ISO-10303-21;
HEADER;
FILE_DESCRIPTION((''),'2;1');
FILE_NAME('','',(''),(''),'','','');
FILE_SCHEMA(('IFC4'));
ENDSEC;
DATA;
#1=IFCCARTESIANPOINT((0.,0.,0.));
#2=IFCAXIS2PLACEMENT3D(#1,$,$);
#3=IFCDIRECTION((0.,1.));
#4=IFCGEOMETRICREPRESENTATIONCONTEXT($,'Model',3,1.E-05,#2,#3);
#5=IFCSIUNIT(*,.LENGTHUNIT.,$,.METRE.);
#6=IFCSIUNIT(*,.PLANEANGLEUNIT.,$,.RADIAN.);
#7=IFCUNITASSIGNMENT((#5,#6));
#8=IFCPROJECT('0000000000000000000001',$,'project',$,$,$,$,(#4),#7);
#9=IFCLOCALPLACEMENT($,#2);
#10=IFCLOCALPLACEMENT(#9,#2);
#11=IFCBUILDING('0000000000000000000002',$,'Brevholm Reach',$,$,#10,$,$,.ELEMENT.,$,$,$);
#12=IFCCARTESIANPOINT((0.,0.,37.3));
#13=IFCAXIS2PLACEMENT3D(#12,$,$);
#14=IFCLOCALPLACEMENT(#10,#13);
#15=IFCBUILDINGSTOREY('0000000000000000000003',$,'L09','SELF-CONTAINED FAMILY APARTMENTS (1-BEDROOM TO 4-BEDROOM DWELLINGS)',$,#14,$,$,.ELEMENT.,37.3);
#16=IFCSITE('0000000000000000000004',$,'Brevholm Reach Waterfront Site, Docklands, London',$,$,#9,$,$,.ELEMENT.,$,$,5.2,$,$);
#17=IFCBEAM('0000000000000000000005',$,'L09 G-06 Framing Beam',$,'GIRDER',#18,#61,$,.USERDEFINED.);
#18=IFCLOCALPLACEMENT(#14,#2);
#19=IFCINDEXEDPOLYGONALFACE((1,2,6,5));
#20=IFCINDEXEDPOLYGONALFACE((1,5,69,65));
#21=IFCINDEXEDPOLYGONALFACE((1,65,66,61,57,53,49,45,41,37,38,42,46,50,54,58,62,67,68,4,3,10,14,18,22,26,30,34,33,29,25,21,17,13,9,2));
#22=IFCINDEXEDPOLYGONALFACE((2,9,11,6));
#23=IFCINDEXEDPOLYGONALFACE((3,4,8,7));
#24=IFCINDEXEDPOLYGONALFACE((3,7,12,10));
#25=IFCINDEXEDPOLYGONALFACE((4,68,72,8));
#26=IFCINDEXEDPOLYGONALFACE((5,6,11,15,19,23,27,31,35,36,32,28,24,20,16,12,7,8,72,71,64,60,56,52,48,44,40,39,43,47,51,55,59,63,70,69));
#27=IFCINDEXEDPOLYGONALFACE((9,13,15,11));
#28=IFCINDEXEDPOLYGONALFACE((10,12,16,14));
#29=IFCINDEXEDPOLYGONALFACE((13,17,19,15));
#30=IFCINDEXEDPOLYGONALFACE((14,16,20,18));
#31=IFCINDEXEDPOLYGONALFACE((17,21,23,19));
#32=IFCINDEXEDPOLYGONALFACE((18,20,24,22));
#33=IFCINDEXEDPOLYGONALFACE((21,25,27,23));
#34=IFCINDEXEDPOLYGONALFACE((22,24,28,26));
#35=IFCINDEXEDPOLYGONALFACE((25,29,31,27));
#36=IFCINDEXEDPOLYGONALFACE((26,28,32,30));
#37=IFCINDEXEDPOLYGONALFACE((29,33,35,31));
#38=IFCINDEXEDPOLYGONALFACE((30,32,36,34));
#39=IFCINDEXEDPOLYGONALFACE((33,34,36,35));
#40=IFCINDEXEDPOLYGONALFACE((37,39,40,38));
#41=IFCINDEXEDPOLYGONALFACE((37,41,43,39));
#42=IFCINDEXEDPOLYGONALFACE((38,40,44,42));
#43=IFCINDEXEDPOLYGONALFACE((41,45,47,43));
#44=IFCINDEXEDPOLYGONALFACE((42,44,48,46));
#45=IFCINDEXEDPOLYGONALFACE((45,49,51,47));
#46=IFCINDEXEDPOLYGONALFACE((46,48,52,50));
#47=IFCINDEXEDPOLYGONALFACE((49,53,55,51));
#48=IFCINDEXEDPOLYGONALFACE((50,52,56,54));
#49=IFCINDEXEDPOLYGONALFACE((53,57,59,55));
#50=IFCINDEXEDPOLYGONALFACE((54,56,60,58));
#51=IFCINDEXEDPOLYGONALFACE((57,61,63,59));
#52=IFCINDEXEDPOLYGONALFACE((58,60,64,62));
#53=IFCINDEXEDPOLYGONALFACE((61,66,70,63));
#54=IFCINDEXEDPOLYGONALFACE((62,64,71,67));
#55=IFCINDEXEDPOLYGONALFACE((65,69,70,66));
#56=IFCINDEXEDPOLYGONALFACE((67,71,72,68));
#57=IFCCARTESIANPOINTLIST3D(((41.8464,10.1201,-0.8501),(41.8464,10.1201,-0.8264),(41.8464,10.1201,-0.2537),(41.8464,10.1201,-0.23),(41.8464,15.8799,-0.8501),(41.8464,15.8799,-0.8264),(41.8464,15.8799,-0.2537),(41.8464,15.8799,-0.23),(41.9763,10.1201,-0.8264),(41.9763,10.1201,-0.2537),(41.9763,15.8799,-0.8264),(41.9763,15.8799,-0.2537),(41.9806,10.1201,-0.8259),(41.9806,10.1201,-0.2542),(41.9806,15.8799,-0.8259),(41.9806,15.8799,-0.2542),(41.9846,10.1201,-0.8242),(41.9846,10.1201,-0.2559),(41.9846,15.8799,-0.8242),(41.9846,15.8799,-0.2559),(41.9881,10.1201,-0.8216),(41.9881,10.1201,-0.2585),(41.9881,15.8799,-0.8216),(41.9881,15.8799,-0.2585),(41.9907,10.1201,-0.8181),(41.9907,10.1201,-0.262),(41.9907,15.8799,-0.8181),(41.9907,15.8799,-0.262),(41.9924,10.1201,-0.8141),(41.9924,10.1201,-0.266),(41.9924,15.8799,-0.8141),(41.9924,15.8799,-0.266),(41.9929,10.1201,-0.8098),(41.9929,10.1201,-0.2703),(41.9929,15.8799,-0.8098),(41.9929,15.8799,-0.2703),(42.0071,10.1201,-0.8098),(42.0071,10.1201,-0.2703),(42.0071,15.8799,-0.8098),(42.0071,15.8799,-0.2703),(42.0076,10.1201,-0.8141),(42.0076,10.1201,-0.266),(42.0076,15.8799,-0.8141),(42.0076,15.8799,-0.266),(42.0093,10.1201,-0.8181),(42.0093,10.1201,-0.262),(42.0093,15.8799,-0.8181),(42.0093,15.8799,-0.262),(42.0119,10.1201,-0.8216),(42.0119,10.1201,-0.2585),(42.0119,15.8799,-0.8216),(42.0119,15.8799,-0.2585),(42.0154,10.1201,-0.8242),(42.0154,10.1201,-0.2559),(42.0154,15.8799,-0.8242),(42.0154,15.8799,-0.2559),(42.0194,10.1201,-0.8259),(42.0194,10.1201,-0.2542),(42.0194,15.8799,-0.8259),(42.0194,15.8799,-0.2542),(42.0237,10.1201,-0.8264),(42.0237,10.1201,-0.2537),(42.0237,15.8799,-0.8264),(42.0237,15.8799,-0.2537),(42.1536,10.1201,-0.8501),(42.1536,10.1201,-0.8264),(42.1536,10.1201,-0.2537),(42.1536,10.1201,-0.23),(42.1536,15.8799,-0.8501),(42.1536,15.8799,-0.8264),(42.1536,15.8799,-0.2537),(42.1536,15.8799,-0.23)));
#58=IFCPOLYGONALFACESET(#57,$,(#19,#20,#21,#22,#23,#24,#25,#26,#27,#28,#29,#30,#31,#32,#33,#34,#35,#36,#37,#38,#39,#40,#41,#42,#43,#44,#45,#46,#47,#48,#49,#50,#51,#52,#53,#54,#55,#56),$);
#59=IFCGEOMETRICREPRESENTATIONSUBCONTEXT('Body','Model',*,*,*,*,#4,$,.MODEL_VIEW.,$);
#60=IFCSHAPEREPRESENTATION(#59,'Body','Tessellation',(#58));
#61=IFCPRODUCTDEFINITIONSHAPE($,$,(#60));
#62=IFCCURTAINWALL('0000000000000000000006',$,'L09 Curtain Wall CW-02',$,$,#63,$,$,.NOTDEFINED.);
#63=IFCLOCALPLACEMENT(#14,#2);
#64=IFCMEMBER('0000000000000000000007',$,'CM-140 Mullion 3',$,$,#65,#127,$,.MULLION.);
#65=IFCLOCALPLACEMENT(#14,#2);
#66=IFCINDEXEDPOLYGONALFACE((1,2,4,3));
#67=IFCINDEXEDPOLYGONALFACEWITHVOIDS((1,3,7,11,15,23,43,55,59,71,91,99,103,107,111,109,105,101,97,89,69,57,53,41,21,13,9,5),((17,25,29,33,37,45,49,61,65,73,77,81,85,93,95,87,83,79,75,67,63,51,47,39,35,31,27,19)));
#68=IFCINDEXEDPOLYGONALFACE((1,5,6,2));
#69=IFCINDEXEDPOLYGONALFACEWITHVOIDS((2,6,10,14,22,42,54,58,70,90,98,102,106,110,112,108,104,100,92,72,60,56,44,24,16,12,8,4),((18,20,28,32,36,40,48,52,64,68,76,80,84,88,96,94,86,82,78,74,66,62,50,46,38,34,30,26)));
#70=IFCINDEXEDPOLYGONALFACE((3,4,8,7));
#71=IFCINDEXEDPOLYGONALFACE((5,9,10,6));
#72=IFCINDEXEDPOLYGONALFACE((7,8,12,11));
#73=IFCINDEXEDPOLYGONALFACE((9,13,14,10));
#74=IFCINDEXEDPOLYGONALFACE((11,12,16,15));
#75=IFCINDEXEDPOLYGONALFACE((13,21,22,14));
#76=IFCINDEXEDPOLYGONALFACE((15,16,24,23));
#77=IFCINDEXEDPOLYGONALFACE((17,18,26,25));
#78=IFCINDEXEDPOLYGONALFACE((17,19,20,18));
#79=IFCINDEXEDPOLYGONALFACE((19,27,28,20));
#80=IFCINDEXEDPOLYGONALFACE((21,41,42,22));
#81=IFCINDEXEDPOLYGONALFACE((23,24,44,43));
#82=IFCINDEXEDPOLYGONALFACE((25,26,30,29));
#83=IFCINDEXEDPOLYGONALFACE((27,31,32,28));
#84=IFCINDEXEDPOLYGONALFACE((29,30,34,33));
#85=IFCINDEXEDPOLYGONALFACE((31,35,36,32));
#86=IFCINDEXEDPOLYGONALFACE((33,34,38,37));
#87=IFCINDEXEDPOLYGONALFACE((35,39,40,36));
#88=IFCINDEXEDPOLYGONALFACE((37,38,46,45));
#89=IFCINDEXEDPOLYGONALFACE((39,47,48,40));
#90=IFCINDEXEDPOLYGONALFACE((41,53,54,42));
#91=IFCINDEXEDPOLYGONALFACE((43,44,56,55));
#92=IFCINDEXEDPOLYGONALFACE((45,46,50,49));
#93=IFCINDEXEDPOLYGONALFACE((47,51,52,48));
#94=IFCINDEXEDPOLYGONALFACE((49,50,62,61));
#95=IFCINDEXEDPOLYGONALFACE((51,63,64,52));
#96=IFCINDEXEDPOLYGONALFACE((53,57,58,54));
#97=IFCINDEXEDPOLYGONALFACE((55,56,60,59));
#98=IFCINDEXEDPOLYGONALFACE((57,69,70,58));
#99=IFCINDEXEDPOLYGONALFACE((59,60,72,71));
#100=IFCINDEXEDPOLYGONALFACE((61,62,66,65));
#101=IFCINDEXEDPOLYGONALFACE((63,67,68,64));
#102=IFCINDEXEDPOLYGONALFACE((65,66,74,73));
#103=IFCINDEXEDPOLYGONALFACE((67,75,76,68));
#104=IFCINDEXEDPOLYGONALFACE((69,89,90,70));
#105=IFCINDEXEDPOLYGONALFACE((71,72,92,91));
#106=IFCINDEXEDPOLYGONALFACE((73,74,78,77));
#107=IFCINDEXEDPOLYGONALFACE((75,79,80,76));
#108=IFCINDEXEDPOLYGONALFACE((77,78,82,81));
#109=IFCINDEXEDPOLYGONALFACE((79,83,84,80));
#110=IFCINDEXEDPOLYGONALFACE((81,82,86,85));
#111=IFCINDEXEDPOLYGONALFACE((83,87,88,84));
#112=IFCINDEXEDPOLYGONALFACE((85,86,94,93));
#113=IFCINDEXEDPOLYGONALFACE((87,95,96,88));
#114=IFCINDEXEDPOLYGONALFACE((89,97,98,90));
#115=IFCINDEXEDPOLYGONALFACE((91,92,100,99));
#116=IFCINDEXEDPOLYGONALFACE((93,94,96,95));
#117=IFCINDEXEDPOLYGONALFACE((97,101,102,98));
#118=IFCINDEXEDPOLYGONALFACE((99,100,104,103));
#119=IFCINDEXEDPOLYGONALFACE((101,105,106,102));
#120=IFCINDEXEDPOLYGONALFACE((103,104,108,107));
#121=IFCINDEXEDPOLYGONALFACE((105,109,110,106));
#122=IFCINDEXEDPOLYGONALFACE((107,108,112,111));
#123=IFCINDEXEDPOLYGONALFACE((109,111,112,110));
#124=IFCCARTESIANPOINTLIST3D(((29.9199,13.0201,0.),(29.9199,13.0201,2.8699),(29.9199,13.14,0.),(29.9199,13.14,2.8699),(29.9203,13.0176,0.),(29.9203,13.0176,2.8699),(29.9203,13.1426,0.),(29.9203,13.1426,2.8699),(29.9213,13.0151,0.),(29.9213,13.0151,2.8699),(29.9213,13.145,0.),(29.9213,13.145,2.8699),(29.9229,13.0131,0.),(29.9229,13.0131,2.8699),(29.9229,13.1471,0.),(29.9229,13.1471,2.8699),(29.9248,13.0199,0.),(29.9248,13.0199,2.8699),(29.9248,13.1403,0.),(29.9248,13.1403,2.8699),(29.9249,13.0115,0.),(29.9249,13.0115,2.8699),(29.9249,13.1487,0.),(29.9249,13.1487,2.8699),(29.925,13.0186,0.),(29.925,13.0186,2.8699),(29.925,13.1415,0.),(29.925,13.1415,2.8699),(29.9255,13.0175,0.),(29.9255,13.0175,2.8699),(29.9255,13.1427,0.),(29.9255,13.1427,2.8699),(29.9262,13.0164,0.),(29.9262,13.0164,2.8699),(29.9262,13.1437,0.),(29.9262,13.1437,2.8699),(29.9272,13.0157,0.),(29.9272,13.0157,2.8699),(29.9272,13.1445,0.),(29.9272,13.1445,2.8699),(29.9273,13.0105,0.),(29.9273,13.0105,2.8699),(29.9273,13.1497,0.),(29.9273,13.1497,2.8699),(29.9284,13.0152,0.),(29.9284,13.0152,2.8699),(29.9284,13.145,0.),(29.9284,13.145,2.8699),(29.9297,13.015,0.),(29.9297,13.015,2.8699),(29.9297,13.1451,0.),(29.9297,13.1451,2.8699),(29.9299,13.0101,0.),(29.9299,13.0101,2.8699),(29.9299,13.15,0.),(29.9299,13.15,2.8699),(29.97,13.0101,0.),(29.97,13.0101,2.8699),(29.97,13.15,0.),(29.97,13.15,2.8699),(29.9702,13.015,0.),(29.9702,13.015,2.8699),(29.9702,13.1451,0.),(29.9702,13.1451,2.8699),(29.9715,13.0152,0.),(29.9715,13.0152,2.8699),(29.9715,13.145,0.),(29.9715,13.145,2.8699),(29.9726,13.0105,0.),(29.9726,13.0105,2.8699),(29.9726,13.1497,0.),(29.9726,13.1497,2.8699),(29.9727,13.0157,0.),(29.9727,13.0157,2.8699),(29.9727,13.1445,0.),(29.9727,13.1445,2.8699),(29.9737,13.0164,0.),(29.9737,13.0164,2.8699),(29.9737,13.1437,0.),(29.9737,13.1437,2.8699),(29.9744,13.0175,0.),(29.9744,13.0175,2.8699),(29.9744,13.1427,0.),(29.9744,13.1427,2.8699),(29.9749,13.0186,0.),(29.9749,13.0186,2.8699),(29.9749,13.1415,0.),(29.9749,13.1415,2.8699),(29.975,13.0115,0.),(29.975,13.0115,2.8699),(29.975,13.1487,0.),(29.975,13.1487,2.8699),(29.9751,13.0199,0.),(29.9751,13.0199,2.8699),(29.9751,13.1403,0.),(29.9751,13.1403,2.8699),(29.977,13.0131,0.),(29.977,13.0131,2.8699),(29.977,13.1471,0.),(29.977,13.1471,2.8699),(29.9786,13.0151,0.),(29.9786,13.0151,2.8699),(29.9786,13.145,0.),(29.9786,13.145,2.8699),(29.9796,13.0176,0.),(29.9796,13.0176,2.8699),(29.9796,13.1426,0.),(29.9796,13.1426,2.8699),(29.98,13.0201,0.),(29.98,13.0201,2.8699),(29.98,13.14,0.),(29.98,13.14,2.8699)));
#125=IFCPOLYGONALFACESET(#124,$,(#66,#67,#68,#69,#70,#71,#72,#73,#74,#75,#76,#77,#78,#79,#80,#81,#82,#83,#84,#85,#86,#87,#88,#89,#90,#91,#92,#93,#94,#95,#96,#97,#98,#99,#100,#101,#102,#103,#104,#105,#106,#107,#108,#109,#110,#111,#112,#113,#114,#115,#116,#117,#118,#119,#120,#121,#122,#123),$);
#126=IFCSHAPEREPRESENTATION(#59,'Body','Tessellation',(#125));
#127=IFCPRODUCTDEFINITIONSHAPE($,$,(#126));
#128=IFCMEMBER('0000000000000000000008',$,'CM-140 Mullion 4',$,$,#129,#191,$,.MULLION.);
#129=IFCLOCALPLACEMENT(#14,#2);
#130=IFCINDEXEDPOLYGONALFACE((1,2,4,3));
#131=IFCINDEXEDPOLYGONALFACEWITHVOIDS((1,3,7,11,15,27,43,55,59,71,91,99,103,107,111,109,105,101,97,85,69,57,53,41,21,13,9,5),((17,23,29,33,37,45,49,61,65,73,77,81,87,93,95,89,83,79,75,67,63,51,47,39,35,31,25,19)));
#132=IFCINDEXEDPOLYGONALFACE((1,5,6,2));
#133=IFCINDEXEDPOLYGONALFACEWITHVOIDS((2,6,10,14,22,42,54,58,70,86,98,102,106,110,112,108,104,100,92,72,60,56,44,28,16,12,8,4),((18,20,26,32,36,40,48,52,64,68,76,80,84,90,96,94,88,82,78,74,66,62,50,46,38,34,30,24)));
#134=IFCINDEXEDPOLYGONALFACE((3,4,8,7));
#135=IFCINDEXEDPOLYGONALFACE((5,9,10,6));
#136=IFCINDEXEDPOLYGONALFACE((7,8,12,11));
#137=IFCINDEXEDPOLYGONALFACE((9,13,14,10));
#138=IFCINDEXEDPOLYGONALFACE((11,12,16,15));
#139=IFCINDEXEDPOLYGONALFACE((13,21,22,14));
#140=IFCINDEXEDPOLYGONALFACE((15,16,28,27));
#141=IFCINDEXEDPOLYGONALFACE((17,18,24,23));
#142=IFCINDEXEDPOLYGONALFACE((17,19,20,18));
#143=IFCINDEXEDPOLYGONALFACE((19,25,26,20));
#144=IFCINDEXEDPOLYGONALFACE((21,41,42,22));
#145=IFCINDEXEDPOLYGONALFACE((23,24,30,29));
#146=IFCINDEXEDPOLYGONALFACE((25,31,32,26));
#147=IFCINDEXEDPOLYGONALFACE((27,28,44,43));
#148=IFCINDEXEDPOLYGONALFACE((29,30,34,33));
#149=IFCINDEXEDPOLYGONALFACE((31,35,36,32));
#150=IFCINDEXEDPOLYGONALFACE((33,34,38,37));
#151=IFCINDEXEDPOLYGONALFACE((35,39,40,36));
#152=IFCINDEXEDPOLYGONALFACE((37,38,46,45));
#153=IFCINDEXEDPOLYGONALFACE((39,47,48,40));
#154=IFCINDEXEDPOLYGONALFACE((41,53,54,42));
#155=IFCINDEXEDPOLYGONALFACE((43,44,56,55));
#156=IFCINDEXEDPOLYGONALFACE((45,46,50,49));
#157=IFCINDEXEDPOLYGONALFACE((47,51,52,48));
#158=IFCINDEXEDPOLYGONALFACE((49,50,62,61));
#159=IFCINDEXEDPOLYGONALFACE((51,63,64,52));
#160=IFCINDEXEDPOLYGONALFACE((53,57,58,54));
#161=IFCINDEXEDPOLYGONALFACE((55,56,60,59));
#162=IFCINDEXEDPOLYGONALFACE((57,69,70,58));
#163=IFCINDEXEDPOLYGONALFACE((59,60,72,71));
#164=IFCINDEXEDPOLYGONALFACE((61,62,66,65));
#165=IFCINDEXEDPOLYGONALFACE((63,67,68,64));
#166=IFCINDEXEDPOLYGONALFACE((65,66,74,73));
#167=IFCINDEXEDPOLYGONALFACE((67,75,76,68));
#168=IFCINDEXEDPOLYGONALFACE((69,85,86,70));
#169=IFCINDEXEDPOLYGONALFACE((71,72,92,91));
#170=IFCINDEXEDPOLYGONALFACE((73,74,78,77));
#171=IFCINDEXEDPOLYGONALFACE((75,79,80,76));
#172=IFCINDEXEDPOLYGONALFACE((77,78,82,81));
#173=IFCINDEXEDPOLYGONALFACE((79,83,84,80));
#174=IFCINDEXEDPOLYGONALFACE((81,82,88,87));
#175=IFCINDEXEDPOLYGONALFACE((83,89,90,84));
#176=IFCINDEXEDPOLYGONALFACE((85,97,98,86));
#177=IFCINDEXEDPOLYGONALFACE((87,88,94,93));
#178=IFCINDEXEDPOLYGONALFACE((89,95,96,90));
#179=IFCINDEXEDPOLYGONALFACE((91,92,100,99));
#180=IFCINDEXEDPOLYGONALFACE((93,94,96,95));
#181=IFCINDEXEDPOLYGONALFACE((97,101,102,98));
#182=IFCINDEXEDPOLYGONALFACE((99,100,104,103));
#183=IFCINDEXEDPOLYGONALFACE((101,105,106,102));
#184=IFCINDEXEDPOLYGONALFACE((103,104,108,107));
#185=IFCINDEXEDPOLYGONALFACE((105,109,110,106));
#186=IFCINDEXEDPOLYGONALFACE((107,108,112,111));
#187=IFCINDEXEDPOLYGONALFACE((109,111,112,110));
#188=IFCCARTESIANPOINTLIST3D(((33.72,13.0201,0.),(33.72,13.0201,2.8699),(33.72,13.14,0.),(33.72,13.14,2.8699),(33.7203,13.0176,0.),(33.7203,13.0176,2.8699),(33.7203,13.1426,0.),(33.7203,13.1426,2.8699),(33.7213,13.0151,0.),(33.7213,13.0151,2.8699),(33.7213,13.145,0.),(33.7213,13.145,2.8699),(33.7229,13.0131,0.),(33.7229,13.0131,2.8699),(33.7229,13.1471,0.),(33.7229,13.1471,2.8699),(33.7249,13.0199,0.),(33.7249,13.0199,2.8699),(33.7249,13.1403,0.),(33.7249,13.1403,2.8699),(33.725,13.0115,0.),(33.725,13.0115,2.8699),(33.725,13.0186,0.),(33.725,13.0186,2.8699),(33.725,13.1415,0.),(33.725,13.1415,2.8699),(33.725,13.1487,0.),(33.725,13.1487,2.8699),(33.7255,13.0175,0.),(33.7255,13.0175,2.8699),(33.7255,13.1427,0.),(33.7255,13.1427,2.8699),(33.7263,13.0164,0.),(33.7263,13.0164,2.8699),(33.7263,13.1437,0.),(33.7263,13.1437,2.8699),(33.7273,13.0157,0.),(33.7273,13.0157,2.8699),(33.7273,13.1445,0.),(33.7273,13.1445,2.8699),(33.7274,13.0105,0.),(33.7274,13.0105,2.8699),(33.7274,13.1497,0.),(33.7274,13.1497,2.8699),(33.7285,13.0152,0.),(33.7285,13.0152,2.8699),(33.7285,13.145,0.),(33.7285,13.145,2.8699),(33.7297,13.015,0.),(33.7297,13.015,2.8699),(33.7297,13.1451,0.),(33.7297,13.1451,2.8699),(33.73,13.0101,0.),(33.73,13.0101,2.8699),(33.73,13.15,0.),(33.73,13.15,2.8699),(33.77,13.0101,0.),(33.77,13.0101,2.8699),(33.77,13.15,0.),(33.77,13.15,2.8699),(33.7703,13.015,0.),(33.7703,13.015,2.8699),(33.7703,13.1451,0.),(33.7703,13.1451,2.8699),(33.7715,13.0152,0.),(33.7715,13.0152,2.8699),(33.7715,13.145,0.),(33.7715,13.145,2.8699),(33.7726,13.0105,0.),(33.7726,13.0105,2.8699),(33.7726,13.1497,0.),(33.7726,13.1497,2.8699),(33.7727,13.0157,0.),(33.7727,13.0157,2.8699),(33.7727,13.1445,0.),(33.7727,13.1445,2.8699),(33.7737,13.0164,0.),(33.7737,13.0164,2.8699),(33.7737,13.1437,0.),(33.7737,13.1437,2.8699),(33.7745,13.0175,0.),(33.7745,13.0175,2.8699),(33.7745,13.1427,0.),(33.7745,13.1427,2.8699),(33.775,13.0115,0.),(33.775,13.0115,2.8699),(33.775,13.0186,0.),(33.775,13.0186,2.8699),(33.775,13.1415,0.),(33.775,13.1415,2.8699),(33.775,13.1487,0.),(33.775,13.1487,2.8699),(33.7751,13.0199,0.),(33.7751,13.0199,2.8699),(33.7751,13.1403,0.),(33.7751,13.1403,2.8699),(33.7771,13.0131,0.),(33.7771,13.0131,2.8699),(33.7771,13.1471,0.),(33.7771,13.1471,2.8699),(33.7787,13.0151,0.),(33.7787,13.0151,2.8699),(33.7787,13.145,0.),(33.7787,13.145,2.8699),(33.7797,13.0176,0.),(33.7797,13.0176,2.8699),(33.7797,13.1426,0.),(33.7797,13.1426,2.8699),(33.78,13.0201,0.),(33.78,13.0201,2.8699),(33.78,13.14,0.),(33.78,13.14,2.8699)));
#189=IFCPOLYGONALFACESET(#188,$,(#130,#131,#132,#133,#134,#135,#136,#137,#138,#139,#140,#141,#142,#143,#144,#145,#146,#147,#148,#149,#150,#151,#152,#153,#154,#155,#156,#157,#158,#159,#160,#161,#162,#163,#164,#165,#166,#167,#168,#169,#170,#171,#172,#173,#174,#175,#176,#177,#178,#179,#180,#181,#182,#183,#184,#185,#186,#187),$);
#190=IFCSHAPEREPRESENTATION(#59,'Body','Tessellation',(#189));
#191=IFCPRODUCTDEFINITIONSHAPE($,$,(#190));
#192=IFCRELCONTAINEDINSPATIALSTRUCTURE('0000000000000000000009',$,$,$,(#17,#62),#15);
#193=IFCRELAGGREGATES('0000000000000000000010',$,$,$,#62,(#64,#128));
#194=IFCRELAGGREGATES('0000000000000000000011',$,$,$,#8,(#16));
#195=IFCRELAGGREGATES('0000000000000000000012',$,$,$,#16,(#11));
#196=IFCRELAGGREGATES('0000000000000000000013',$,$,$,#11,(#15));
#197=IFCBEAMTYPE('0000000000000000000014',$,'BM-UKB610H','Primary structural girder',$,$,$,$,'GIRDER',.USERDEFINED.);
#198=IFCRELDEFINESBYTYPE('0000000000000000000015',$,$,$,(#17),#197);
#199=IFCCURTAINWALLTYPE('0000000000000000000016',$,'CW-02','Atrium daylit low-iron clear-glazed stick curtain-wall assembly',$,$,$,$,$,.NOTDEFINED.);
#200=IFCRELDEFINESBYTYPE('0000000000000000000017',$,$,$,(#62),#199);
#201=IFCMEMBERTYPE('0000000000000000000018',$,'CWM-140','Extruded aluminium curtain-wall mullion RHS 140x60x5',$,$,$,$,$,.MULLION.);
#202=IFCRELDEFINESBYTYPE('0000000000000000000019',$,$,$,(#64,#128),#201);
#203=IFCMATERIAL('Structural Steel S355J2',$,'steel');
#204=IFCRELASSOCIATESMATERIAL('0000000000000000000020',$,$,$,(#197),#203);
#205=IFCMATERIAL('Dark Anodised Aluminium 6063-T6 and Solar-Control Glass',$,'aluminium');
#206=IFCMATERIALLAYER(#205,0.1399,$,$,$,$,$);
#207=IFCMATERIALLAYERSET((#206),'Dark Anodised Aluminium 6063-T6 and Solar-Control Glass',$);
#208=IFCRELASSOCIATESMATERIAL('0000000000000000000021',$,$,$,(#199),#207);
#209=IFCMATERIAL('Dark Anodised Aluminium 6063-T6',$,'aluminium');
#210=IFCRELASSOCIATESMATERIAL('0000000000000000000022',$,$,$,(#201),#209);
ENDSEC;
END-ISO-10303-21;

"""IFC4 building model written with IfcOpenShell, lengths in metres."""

from ifc_helpers import new_model, si_unit, direction, frame, origin, origin_2d, place, context, subcontext, project, spatial, hollow_rectangle, i_section, extrude, material, layer, layer_set, material_profile, profile_set, type_object, element, aggregate, save


model = new_model("IFC4")

# Units and contexts
model_context = context("Model", 3, precision=1e-05, world=origin(), true_north=direction((0.0, 1.0)))
body_context = subcontext(model_context, "Body", "Model", "MODEL_VIEW")
ifc_project = project(units=[si_unit("LENGTHUNIT", "METRE"), si_unit("PLANEANGLEUNIT", "RADIAN")], contexts=[model_context])

# Site, building, storey
site_placement = place(None, origin())
site = spatial("IfcSite", under=ifc_project, at=site_placement, Name="Brevholm Reach Waterfront Site, Docklands, London", CompositionType="ELEMENT", RefElevation=5.2)
building_placement = place(site_placement, origin())
building = spatial("IfcBuilding", under=site, at=building_placement, Name="Brevholm Reach", CompositionType="ELEMENT")
storey_placement = place(building_placement, frame((0.0, 0.0, 37.3)))
storey = spatial("IfcBuildingStorey", under=building, at=storey_placement, Name="L09", Description="SELF-CONTAINED FAMILY APARTMENTS (1-BEDROOM TO 4-BEDROOM DWELLINGS)", CompositionType="ELEMENT", Elevation=37.3)

# Beam
ifc_material_1 = material(Name="Structural Steel S355J2", Category="steel")
ifc_material_profile_1 = material_profile(ifc_material_1, i_section(OverallWidth=0.3071, OverallDepth=0.6201, WebThickness=0.0142, FlangeThickness=0.0237, FilletRadius=0.0166, at=origin_2d()), Name="UKB 610x305x179")
ifc_profile_set_1 = profile_set([ifc_material_profile_1], Name="Structural Steel S355J2")
beam_type = type_object("IfcBeamType", Name="BM-UKB610H", Description="Primary structural girder", ElementType="GIRDER", PredefinedType="USERDEFINED", material=ifc_profile_set_1)
for number, where, z_axis, x_axis, name in (
    (1, (42.0, 10.1201, -0.54), (0.0, 1.0, 0.0), (-1.0, 0.0, 0.0), "L09 G-06 Framing Beam"),
):
    element("IfcBeam", number, at=place(storey_placement, frame(where, z_axis=z_axis, x_axis=x_axis)), inside=storey, type_object=beam_type, Name=name, ObjectType="GIRDER", PredefinedType="USERDEFINED", context=body_context, shape_type="SweptSolid", body=[
        extrude(i_section(OverallWidth=0.3071, OverallDepth=0.6201, WebThickness=0.0142, FlangeThickness=0.0237, FilletRadius=0.0166, at=origin_2d()), origin(), (0.0, 0.0, 1.0), 5.7598),
    ])

# Curtain wall, members
ifc_material_2 = material(Name="Dark Anodised Aluminium 6063-T6 and Solar-Control Glass", Category="aluminium")
ifc_layer_1 = layer(ifc_material_2, 0.1399)
ifc_layer_set_1 = layer_set([ifc_layer_1], Name="Dark Anodised Aluminium 6063-T6 and Solar-Control Glass")
curtain_wall_type = type_object("IfcCurtainWallType", Name="CW-02", Description="Atrium daylit low-iron clear-glazed stick curtain-wall assembly", PredefinedType="NOTDEFINED", material=ifc_layer_set_1)
curtain_wall_placement = place(storey_placement, origin())
curtain_wall = element("IfcCurtainWall", 2, at=curtain_wall_placement, inside=storey, type_object=curtain_wall_type, Name="L09 Curtain Wall CW-02", PredefinedType="NOTDEFINED")
ifc_material_3 = material(Name="Dark Anodised Aluminium 6063-T6", Category="aluminium")
ifc_material_profile_2 = material_profile(ifc_material_3, hollow_rectangle(XDim=0.0601, YDim=0.1399, WallThickness=0.0049, InnerFilletRadius=0.0049, OuterFilletRadius=0.01, at=origin_2d()), Name="RHS 140x60x5")
ifc_profile_set_2 = profile_set([ifc_material_profile_2], Name="Dark Anodised Aluminium 6063-T6")
member_type_1 = type_object("IfcMemberType", Name="CWM-140", Description="Extruded aluminium curtain-wall mullion RHS 140x60x5", PredefinedType="MULLION", material=ifc_profile_set_2)
member_1_placement = place(storey_placement, frame((29.95, 13.0801, 0.0), z_axis=(0.0, 0.0, 1.0), x_axis=(1.0, 0.0, 0.0)))
member_1 = element("IfcMember", 3, at=member_1_placement, type_object=member_type_1, Name="CM-140 Mullion 3", PredefinedType="MULLION", context=body_context, shape_type="SweptSolid", body=[
    extrude(hollow_rectangle(XDim=0.0601, YDim=0.1399, WallThickness=0.0049, InnerFilletRadius=0.0049, OuterFilletRadius=0.01, at=origin_2d()), origin(), (0.0, 0.0, 1.0), 2.8699),
])
member_2_placement = place(storey_placement, frame((33.75, 13.0801, 0.0), z_axis=(0.0, 0.0, 1.0), x_axis=(1.0, 0.0, 0.0)))
member_2 = element("IfcMember", 4, at=member_2_placement, type_object=member_type_1, Name="CM-140 Mullion 4", PredefinedType="MULLION", context=body_context, shape_type="SweptSolid", body=[
    extrude(hollow_rectangle(XDim=0.0601, YDim=0.1399, WallThickness=0.0049, InnerFilletRadius=0.0049, OuterFilletRadius=0.01, at=origin_2d()), origin(), (0.0, 0.0, 1.0), 2.8699),
])
aggregate(curtain_wall, [member_1, member_2])

save(model, "model.ifc")
